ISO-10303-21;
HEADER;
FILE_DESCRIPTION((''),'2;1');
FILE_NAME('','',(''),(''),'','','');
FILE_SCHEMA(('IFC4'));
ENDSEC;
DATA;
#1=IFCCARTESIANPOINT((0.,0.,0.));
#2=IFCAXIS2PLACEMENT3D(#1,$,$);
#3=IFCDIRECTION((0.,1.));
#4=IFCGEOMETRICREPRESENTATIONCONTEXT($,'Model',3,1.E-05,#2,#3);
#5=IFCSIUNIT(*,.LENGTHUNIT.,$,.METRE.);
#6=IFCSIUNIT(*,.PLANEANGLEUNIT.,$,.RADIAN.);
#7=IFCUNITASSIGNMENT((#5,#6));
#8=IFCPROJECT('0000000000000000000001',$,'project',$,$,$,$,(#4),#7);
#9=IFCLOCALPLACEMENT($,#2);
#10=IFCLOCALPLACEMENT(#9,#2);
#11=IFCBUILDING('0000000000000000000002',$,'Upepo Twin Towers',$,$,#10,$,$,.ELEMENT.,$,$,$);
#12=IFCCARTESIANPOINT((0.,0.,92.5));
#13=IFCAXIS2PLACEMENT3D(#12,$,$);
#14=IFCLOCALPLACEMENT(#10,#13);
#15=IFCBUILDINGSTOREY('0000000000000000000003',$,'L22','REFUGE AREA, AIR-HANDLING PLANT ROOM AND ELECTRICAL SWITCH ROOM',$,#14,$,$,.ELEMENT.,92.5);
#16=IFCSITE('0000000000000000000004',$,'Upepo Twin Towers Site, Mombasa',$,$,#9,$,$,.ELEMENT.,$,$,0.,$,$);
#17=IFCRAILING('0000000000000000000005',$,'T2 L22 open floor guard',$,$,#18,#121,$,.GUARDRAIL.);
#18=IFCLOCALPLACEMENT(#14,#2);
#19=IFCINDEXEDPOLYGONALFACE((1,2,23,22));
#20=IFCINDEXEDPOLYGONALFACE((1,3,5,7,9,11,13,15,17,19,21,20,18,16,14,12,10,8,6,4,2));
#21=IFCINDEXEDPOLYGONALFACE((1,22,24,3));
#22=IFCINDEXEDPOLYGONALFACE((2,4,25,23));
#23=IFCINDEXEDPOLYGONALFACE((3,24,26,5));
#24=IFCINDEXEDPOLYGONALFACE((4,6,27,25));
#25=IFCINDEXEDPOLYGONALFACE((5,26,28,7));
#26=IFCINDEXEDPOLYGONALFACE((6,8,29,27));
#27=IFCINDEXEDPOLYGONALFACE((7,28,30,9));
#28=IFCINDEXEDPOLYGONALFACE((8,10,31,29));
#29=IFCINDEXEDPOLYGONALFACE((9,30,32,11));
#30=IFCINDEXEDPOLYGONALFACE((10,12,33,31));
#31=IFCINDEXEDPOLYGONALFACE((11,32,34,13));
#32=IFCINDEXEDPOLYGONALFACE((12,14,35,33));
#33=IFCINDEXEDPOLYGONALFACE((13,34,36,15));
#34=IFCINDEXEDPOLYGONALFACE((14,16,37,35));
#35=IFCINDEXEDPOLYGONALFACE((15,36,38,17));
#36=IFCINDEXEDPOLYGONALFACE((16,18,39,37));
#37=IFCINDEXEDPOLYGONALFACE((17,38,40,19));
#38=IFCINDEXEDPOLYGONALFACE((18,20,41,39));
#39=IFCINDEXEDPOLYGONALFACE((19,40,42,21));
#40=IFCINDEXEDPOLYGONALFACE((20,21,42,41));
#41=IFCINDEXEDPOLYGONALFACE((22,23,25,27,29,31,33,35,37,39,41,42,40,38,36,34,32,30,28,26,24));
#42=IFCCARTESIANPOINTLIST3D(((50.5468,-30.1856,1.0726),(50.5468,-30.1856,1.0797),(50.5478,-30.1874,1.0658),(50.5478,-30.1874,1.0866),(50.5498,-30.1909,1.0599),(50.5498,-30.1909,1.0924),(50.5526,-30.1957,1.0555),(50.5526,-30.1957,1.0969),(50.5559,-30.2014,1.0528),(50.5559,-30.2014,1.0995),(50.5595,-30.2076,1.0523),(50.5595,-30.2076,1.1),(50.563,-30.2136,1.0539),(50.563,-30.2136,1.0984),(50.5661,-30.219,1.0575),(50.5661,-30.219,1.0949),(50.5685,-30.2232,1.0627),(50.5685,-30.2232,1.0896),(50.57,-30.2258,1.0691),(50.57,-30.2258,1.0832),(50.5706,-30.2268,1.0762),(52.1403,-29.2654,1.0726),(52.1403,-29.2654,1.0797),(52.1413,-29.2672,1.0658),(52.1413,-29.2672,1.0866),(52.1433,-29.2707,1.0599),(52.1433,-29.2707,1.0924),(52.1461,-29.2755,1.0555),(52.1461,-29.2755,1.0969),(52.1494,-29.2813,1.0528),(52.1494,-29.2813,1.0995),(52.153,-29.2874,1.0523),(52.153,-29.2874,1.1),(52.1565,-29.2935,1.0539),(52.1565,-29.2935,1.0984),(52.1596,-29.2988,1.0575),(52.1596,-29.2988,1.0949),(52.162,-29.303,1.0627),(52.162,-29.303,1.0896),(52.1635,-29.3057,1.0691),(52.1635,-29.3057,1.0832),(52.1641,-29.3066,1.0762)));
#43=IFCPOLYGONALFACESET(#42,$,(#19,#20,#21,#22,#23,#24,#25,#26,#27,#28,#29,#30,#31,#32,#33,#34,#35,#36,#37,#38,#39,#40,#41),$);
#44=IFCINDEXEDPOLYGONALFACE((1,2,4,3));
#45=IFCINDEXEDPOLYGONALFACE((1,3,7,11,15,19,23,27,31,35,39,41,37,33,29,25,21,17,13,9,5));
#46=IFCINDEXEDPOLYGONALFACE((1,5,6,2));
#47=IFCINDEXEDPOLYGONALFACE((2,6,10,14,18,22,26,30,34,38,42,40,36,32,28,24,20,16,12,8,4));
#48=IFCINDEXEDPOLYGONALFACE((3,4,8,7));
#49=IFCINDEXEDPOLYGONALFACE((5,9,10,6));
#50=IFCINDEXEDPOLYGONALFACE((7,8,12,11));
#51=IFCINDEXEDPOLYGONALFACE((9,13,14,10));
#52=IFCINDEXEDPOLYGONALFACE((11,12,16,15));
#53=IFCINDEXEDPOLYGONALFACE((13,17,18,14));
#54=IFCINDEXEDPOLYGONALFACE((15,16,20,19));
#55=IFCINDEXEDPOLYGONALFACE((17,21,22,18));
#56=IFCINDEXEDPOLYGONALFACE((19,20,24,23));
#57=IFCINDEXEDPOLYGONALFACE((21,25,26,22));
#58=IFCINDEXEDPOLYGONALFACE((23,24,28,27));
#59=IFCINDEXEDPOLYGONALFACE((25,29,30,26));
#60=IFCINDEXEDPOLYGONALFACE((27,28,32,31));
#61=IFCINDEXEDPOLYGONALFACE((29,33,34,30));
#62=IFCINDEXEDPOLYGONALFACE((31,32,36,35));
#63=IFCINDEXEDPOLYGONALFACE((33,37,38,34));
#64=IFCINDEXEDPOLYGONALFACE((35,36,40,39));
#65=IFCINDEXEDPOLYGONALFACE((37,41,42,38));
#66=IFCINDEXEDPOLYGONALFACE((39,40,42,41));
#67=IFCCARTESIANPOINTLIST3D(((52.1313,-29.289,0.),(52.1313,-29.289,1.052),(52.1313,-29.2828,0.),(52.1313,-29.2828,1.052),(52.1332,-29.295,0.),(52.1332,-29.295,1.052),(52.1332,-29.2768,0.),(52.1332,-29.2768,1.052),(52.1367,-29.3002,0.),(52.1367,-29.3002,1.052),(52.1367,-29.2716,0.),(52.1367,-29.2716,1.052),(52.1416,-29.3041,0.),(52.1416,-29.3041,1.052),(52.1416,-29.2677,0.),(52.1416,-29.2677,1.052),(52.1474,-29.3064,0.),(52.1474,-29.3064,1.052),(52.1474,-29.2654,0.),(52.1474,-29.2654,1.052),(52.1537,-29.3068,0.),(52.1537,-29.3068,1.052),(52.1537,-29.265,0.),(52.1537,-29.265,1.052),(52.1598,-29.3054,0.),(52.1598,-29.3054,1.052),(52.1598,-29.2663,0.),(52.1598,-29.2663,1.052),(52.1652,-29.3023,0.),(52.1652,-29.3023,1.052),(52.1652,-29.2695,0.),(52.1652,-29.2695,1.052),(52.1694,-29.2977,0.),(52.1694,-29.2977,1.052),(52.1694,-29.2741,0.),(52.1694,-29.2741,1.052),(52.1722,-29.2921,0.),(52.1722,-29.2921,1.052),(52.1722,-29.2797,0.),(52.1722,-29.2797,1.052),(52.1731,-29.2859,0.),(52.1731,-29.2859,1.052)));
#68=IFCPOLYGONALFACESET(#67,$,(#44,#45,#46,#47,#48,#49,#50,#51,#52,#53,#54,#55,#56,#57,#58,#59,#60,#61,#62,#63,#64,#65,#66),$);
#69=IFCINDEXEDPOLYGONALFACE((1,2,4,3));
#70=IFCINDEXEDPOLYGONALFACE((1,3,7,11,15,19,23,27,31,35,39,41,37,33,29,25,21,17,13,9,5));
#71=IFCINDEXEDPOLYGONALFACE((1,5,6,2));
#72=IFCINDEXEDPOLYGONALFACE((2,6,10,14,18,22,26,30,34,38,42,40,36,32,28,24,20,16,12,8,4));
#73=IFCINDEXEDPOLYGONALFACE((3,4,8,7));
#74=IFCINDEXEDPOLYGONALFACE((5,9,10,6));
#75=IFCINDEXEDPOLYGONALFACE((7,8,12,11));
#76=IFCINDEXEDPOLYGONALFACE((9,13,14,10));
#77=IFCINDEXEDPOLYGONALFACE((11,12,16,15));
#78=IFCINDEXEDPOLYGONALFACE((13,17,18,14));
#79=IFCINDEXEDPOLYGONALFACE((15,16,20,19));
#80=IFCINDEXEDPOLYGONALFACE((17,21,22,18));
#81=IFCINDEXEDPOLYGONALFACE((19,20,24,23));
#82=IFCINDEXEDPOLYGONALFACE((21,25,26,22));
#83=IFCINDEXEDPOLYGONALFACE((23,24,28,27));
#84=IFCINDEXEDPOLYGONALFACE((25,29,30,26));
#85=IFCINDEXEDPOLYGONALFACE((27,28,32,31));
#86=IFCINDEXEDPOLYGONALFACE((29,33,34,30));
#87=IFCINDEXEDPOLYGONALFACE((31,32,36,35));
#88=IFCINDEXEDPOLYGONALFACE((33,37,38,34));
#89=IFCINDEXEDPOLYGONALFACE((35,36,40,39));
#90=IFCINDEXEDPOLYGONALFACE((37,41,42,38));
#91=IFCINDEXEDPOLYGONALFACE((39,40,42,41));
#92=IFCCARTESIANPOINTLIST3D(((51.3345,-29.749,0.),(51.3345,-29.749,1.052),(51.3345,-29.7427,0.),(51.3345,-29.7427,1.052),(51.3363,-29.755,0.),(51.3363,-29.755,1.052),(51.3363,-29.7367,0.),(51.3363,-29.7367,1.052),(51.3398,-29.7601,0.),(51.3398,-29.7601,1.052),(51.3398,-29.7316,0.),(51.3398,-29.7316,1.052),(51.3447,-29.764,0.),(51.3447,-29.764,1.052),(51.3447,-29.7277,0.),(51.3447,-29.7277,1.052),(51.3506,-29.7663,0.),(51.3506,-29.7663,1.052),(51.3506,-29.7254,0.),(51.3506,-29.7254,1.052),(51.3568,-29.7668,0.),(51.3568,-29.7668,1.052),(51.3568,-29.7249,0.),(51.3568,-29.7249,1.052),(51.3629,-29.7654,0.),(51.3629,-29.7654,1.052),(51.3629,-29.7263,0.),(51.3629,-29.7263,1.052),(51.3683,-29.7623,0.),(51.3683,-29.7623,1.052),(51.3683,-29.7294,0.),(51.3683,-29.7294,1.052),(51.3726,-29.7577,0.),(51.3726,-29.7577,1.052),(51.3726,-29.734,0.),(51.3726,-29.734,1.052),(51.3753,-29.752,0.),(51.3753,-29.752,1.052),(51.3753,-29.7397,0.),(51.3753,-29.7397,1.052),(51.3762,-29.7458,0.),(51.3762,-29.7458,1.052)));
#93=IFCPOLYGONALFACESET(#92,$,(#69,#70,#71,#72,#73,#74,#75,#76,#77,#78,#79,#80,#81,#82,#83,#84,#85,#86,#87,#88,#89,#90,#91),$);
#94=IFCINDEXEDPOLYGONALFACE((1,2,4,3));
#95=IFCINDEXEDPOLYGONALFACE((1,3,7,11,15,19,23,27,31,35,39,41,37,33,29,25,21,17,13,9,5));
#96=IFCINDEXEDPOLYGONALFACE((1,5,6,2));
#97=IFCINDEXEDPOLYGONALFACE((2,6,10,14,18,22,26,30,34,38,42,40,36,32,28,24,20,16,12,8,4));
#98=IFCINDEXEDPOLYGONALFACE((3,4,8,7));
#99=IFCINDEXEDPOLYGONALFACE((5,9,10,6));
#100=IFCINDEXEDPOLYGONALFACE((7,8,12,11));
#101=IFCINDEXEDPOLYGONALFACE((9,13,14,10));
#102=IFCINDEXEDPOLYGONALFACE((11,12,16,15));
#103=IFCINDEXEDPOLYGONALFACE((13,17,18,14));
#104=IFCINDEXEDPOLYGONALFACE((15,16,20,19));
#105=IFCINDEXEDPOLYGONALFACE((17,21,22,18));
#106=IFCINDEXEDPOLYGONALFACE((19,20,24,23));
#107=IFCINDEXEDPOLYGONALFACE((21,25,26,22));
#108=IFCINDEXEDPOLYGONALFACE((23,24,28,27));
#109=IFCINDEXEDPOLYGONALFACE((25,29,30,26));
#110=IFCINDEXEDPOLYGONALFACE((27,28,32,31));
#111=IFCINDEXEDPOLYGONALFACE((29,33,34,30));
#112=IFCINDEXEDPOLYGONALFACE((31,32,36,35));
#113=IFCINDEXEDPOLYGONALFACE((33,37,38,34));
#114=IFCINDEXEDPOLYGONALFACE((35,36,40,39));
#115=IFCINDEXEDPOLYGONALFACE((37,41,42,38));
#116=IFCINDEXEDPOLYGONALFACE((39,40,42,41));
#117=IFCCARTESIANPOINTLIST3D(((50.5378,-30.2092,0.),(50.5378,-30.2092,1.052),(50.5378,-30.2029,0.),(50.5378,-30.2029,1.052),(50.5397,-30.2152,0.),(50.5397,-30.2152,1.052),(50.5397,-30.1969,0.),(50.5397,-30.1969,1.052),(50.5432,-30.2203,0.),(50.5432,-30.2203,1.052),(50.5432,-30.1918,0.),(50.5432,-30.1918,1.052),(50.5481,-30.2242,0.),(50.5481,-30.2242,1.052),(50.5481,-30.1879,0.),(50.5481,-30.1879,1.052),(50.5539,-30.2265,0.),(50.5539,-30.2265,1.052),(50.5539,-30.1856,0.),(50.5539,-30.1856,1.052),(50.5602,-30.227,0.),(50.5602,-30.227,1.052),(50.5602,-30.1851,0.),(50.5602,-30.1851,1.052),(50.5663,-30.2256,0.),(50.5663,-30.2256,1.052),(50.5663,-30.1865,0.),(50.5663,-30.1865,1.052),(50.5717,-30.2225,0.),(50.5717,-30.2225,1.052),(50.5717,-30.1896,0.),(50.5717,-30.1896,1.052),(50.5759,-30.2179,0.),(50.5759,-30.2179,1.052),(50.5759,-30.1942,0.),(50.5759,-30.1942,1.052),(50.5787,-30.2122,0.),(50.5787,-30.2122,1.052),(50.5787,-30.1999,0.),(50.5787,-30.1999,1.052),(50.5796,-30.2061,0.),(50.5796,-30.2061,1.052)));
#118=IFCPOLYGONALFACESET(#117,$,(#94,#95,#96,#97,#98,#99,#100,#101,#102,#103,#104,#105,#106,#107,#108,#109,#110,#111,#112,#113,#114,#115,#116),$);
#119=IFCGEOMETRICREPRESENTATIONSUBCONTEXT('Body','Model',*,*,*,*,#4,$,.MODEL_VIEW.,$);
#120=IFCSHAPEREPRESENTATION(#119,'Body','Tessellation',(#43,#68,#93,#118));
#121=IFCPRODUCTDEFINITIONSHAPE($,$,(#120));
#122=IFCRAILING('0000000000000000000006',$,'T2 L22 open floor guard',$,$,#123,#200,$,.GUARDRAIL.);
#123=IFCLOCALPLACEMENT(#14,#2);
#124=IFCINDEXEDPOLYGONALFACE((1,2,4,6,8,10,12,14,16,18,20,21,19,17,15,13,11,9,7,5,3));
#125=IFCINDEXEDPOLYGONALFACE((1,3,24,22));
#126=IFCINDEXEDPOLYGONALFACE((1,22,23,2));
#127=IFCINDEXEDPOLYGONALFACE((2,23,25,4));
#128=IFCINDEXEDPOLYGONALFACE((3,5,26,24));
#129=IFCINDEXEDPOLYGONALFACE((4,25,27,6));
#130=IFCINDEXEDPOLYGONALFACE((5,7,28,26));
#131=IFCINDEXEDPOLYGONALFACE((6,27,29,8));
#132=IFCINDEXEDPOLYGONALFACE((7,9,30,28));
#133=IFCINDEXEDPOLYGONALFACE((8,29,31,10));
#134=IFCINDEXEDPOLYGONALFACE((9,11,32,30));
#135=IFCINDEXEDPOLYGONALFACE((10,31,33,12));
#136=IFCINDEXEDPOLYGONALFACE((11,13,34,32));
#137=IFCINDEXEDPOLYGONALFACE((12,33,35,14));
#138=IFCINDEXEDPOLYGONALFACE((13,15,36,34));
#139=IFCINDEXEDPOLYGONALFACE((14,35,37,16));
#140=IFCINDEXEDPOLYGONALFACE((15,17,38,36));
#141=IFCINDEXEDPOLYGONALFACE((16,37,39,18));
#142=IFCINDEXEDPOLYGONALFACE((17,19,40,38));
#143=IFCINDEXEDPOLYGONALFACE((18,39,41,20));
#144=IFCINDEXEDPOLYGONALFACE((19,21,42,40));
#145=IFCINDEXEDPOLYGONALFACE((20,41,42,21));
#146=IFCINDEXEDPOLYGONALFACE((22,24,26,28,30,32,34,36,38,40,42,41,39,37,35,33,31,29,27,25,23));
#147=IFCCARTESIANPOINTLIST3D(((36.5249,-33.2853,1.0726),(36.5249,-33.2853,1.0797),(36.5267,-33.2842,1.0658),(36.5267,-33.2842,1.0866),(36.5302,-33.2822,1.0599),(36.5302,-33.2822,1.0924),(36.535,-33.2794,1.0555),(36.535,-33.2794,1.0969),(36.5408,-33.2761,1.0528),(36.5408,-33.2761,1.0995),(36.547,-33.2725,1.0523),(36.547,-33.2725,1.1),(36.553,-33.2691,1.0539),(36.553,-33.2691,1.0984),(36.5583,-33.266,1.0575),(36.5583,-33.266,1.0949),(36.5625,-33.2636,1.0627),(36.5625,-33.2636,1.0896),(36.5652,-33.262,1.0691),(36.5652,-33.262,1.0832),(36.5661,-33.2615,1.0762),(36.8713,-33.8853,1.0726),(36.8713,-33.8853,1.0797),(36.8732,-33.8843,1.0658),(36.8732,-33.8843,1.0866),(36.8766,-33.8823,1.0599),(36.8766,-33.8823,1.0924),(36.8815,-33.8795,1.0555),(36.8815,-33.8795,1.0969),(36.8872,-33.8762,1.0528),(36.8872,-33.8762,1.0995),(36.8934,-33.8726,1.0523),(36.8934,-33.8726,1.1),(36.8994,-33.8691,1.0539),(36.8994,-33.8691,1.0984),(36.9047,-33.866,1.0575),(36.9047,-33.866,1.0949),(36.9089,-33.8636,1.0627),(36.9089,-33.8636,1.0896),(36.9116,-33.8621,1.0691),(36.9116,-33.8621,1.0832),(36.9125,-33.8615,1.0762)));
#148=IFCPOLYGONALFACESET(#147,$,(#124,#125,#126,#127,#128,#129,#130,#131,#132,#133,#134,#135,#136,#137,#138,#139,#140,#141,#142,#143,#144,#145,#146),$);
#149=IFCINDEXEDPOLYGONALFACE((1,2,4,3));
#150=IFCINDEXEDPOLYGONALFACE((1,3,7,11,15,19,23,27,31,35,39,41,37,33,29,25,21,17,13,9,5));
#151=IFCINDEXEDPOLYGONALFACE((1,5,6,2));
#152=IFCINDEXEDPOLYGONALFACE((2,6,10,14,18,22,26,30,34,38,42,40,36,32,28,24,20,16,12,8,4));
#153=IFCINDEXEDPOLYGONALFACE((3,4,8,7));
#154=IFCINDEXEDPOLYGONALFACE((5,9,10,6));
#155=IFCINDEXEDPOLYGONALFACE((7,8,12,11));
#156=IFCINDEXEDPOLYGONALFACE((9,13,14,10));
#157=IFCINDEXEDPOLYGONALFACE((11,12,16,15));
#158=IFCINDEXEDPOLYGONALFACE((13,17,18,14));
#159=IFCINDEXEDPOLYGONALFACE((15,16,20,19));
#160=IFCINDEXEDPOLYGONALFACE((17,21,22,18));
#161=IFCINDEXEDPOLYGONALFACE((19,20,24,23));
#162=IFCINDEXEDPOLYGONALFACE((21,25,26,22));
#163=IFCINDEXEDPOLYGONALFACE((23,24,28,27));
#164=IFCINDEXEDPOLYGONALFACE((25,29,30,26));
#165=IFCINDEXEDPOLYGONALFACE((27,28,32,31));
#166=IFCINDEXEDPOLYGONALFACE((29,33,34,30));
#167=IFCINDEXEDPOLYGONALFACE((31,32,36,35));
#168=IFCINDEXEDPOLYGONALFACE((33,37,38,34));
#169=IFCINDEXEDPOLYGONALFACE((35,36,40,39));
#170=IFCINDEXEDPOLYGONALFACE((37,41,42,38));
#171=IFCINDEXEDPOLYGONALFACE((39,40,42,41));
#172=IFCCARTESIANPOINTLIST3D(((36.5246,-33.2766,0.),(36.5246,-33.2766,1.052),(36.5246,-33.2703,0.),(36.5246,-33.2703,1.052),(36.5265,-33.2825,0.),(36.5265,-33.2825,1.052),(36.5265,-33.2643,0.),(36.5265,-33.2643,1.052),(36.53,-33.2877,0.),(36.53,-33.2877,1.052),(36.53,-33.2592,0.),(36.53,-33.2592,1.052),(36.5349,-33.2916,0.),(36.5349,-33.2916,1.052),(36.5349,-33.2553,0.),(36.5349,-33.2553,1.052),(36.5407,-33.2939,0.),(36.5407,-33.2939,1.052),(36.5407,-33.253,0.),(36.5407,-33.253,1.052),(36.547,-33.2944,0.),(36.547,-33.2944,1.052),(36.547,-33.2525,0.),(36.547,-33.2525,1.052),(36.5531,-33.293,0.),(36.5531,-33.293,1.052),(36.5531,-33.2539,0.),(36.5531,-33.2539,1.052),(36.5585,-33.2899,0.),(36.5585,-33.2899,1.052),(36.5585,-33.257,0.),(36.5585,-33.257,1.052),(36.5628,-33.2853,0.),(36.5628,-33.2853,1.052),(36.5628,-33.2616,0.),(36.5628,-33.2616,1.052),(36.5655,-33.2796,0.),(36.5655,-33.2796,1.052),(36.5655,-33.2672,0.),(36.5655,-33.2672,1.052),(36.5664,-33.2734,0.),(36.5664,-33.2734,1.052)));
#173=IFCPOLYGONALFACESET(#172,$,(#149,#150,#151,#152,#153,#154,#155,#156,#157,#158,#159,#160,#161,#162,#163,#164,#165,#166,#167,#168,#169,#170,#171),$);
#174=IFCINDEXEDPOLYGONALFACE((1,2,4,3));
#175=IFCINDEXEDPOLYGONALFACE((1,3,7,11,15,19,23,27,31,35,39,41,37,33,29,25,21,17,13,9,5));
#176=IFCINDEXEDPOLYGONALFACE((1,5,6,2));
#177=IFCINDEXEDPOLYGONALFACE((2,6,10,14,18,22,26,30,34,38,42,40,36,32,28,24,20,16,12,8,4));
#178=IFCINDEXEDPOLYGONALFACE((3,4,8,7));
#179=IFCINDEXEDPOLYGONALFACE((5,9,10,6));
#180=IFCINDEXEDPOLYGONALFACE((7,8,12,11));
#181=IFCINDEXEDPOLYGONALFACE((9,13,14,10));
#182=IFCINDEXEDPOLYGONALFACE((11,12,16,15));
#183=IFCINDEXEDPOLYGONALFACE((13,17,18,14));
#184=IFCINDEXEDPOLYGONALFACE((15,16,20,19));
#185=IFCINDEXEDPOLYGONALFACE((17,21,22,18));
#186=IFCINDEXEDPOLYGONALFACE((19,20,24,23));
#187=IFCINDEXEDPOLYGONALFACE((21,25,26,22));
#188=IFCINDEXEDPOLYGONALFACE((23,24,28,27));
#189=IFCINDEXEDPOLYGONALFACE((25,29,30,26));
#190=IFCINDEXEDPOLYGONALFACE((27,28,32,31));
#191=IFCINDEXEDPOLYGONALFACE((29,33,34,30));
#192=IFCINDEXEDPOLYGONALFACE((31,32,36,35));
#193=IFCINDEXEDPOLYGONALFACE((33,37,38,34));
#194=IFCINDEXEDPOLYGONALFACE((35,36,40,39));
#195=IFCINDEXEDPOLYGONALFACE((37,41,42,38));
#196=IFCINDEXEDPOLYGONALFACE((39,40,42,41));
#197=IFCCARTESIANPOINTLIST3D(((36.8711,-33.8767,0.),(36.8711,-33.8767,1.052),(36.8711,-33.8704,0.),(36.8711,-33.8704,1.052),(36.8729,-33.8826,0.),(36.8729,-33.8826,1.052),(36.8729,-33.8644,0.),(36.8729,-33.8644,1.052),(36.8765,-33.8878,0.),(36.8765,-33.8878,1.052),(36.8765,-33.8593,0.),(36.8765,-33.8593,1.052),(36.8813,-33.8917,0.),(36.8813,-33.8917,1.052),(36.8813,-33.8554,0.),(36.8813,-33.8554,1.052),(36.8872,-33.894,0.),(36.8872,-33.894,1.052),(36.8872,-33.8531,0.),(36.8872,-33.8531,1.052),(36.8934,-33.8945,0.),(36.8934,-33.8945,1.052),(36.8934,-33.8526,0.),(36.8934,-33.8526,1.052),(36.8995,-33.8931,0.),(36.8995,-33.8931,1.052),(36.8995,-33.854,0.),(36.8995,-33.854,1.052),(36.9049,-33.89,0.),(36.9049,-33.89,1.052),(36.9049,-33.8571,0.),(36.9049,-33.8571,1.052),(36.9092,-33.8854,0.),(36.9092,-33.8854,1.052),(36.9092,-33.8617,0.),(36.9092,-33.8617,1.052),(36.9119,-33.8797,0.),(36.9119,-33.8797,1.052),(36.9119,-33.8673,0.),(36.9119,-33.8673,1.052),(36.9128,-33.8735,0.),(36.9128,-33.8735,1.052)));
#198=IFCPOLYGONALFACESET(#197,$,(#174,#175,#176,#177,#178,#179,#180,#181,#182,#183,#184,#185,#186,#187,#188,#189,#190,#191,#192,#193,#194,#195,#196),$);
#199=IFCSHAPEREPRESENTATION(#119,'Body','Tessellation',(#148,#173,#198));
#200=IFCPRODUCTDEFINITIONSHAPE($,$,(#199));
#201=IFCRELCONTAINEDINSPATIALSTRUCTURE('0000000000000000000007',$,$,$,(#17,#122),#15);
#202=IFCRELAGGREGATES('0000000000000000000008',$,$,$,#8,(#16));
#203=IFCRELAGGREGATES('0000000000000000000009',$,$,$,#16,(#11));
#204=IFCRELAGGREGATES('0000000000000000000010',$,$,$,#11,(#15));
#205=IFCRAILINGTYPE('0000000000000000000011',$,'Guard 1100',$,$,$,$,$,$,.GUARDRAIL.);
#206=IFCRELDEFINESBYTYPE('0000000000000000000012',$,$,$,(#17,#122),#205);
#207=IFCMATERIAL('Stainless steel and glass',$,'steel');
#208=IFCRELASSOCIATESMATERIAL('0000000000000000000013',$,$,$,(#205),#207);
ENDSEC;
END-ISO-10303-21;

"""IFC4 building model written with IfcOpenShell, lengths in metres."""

from ifc_helpers import new_model, si_unit, direction, frame, origin, origin_2d, place, context, subcontext, project, spatial, circle, extrude, material, type_object, element, save


model = new_model("IFC4")

# Units and contexts
model_context = context("Model", 3, precision=1e-05, world=origin(), true_north=direction((0.0, 1.0)))
body_context = subcontext(model_context, "Body", "Model", "MODEL_VIEW")
ifc_project = project(units=[si_unit("LENGTHUNIT", "METRE"), si_unit("PLANEANGLEUNIT", "RADIAN")], contexts=[model_context])

# Site, building, storey
site_placement = place(None, origin())
site = spatial("IfcSite", under=ifc_project, at=site_placement, Name="Upepo Twin Towers Site, Mombasa", CompositionType="ELEMENT", RefElevation=0.0)
building_placement = place(site_placement, origin())
building = spatial("IfcBuilding", under=site, at=building_placement, Name="Upepo Twin Towers", CompositionType="ELEMENT")
storey_placement = place(building_placement, frame((0.0, 0.0, 92.5)))
storey = spatial("IfcBuildingStorey", under=building, at=storey_placement, Name="L22", Description="REFUGE AREA, AIR-HANDLING PLANT ROOM AND ELECTRICAL SWITCH ROOM", CompositionType="ELEMENT", Elevation=92.5)

# Railings
ifc_material_1 = material(Name="Stainless steel and glass", Category="steel")
railing_type = type_object("IfcRailingType", Name="Guard 1100", PredefinedType="GUARDRAIL", material=ifc_material_1)
railing_1_placement = place(storey_placement, frame((52.1521, -29.2859, 0.0)))
element("IfcRailing", 1, at=railing_1_placement, inside=storey, type_object=railing_type, Name="T2 L22 open floor guard", PredefinedType="GUARDRAIL", context=body_context, shape_type="SweptSolid", body=[
    extrude(circle(Radius=0.0239, at=origin_2d()), frame((0.0, 0.0, 1.0762), z_axis=(-0.865989, -0.500063, 0.0), x_axis=(0.500063, -0.865989, 0.0)), (0.0, 0.0, 1.0), 1.8401),
    extrude(circle(Radius=0.021, at=origin_2d()), origin(), (0.0, 0.0, 1.0), 1.052),
    extrude(circle(Radius=0.021, at=origin_2d()), frame((-0.7969, -0.46, 0.0)), (0.0, 0.0, 1.0), 1.052),
    extrude(circle(Radius=0.021, at=origin_2d()), frame((-1.5935, -0.9202, 0.0)), (0.0, 0.0, 1.0), 1.052),
])
railing_2_placement = place(storey_placement, frame((36.5454, -33.2734, 0.0)))
element("IfcRailing", 2, at=railing_2_placement, inside=storey, type_object=railing_type, Name="T2 L22 open floor guard", PredefinedType="GUARDRAIL", context=body_context, shape_type="SweptSolid", body=[
    extrude(circle(Radius=0.0239, at=origin_2d()), frame((0.0, 0.0, 1.0762), z_axis=(0.499966, -0.866045, 0.0), x_axis=(0.866045, 0.499966, 0.0)), (0.0, 0.0, 1.0), 0.6929),
    extrude(circle(Radius=0.021, at=origin_2d()), origin(), (0.0, 0.0, 1.0), 1.052),
    extrude(circle(Radius=0.021, at=origin_2d()), frame((0.3464, -0.6001, 0.0)), (0.0, 0.0, 1.0), 1.052),
])

save(model, "model.ifc")
